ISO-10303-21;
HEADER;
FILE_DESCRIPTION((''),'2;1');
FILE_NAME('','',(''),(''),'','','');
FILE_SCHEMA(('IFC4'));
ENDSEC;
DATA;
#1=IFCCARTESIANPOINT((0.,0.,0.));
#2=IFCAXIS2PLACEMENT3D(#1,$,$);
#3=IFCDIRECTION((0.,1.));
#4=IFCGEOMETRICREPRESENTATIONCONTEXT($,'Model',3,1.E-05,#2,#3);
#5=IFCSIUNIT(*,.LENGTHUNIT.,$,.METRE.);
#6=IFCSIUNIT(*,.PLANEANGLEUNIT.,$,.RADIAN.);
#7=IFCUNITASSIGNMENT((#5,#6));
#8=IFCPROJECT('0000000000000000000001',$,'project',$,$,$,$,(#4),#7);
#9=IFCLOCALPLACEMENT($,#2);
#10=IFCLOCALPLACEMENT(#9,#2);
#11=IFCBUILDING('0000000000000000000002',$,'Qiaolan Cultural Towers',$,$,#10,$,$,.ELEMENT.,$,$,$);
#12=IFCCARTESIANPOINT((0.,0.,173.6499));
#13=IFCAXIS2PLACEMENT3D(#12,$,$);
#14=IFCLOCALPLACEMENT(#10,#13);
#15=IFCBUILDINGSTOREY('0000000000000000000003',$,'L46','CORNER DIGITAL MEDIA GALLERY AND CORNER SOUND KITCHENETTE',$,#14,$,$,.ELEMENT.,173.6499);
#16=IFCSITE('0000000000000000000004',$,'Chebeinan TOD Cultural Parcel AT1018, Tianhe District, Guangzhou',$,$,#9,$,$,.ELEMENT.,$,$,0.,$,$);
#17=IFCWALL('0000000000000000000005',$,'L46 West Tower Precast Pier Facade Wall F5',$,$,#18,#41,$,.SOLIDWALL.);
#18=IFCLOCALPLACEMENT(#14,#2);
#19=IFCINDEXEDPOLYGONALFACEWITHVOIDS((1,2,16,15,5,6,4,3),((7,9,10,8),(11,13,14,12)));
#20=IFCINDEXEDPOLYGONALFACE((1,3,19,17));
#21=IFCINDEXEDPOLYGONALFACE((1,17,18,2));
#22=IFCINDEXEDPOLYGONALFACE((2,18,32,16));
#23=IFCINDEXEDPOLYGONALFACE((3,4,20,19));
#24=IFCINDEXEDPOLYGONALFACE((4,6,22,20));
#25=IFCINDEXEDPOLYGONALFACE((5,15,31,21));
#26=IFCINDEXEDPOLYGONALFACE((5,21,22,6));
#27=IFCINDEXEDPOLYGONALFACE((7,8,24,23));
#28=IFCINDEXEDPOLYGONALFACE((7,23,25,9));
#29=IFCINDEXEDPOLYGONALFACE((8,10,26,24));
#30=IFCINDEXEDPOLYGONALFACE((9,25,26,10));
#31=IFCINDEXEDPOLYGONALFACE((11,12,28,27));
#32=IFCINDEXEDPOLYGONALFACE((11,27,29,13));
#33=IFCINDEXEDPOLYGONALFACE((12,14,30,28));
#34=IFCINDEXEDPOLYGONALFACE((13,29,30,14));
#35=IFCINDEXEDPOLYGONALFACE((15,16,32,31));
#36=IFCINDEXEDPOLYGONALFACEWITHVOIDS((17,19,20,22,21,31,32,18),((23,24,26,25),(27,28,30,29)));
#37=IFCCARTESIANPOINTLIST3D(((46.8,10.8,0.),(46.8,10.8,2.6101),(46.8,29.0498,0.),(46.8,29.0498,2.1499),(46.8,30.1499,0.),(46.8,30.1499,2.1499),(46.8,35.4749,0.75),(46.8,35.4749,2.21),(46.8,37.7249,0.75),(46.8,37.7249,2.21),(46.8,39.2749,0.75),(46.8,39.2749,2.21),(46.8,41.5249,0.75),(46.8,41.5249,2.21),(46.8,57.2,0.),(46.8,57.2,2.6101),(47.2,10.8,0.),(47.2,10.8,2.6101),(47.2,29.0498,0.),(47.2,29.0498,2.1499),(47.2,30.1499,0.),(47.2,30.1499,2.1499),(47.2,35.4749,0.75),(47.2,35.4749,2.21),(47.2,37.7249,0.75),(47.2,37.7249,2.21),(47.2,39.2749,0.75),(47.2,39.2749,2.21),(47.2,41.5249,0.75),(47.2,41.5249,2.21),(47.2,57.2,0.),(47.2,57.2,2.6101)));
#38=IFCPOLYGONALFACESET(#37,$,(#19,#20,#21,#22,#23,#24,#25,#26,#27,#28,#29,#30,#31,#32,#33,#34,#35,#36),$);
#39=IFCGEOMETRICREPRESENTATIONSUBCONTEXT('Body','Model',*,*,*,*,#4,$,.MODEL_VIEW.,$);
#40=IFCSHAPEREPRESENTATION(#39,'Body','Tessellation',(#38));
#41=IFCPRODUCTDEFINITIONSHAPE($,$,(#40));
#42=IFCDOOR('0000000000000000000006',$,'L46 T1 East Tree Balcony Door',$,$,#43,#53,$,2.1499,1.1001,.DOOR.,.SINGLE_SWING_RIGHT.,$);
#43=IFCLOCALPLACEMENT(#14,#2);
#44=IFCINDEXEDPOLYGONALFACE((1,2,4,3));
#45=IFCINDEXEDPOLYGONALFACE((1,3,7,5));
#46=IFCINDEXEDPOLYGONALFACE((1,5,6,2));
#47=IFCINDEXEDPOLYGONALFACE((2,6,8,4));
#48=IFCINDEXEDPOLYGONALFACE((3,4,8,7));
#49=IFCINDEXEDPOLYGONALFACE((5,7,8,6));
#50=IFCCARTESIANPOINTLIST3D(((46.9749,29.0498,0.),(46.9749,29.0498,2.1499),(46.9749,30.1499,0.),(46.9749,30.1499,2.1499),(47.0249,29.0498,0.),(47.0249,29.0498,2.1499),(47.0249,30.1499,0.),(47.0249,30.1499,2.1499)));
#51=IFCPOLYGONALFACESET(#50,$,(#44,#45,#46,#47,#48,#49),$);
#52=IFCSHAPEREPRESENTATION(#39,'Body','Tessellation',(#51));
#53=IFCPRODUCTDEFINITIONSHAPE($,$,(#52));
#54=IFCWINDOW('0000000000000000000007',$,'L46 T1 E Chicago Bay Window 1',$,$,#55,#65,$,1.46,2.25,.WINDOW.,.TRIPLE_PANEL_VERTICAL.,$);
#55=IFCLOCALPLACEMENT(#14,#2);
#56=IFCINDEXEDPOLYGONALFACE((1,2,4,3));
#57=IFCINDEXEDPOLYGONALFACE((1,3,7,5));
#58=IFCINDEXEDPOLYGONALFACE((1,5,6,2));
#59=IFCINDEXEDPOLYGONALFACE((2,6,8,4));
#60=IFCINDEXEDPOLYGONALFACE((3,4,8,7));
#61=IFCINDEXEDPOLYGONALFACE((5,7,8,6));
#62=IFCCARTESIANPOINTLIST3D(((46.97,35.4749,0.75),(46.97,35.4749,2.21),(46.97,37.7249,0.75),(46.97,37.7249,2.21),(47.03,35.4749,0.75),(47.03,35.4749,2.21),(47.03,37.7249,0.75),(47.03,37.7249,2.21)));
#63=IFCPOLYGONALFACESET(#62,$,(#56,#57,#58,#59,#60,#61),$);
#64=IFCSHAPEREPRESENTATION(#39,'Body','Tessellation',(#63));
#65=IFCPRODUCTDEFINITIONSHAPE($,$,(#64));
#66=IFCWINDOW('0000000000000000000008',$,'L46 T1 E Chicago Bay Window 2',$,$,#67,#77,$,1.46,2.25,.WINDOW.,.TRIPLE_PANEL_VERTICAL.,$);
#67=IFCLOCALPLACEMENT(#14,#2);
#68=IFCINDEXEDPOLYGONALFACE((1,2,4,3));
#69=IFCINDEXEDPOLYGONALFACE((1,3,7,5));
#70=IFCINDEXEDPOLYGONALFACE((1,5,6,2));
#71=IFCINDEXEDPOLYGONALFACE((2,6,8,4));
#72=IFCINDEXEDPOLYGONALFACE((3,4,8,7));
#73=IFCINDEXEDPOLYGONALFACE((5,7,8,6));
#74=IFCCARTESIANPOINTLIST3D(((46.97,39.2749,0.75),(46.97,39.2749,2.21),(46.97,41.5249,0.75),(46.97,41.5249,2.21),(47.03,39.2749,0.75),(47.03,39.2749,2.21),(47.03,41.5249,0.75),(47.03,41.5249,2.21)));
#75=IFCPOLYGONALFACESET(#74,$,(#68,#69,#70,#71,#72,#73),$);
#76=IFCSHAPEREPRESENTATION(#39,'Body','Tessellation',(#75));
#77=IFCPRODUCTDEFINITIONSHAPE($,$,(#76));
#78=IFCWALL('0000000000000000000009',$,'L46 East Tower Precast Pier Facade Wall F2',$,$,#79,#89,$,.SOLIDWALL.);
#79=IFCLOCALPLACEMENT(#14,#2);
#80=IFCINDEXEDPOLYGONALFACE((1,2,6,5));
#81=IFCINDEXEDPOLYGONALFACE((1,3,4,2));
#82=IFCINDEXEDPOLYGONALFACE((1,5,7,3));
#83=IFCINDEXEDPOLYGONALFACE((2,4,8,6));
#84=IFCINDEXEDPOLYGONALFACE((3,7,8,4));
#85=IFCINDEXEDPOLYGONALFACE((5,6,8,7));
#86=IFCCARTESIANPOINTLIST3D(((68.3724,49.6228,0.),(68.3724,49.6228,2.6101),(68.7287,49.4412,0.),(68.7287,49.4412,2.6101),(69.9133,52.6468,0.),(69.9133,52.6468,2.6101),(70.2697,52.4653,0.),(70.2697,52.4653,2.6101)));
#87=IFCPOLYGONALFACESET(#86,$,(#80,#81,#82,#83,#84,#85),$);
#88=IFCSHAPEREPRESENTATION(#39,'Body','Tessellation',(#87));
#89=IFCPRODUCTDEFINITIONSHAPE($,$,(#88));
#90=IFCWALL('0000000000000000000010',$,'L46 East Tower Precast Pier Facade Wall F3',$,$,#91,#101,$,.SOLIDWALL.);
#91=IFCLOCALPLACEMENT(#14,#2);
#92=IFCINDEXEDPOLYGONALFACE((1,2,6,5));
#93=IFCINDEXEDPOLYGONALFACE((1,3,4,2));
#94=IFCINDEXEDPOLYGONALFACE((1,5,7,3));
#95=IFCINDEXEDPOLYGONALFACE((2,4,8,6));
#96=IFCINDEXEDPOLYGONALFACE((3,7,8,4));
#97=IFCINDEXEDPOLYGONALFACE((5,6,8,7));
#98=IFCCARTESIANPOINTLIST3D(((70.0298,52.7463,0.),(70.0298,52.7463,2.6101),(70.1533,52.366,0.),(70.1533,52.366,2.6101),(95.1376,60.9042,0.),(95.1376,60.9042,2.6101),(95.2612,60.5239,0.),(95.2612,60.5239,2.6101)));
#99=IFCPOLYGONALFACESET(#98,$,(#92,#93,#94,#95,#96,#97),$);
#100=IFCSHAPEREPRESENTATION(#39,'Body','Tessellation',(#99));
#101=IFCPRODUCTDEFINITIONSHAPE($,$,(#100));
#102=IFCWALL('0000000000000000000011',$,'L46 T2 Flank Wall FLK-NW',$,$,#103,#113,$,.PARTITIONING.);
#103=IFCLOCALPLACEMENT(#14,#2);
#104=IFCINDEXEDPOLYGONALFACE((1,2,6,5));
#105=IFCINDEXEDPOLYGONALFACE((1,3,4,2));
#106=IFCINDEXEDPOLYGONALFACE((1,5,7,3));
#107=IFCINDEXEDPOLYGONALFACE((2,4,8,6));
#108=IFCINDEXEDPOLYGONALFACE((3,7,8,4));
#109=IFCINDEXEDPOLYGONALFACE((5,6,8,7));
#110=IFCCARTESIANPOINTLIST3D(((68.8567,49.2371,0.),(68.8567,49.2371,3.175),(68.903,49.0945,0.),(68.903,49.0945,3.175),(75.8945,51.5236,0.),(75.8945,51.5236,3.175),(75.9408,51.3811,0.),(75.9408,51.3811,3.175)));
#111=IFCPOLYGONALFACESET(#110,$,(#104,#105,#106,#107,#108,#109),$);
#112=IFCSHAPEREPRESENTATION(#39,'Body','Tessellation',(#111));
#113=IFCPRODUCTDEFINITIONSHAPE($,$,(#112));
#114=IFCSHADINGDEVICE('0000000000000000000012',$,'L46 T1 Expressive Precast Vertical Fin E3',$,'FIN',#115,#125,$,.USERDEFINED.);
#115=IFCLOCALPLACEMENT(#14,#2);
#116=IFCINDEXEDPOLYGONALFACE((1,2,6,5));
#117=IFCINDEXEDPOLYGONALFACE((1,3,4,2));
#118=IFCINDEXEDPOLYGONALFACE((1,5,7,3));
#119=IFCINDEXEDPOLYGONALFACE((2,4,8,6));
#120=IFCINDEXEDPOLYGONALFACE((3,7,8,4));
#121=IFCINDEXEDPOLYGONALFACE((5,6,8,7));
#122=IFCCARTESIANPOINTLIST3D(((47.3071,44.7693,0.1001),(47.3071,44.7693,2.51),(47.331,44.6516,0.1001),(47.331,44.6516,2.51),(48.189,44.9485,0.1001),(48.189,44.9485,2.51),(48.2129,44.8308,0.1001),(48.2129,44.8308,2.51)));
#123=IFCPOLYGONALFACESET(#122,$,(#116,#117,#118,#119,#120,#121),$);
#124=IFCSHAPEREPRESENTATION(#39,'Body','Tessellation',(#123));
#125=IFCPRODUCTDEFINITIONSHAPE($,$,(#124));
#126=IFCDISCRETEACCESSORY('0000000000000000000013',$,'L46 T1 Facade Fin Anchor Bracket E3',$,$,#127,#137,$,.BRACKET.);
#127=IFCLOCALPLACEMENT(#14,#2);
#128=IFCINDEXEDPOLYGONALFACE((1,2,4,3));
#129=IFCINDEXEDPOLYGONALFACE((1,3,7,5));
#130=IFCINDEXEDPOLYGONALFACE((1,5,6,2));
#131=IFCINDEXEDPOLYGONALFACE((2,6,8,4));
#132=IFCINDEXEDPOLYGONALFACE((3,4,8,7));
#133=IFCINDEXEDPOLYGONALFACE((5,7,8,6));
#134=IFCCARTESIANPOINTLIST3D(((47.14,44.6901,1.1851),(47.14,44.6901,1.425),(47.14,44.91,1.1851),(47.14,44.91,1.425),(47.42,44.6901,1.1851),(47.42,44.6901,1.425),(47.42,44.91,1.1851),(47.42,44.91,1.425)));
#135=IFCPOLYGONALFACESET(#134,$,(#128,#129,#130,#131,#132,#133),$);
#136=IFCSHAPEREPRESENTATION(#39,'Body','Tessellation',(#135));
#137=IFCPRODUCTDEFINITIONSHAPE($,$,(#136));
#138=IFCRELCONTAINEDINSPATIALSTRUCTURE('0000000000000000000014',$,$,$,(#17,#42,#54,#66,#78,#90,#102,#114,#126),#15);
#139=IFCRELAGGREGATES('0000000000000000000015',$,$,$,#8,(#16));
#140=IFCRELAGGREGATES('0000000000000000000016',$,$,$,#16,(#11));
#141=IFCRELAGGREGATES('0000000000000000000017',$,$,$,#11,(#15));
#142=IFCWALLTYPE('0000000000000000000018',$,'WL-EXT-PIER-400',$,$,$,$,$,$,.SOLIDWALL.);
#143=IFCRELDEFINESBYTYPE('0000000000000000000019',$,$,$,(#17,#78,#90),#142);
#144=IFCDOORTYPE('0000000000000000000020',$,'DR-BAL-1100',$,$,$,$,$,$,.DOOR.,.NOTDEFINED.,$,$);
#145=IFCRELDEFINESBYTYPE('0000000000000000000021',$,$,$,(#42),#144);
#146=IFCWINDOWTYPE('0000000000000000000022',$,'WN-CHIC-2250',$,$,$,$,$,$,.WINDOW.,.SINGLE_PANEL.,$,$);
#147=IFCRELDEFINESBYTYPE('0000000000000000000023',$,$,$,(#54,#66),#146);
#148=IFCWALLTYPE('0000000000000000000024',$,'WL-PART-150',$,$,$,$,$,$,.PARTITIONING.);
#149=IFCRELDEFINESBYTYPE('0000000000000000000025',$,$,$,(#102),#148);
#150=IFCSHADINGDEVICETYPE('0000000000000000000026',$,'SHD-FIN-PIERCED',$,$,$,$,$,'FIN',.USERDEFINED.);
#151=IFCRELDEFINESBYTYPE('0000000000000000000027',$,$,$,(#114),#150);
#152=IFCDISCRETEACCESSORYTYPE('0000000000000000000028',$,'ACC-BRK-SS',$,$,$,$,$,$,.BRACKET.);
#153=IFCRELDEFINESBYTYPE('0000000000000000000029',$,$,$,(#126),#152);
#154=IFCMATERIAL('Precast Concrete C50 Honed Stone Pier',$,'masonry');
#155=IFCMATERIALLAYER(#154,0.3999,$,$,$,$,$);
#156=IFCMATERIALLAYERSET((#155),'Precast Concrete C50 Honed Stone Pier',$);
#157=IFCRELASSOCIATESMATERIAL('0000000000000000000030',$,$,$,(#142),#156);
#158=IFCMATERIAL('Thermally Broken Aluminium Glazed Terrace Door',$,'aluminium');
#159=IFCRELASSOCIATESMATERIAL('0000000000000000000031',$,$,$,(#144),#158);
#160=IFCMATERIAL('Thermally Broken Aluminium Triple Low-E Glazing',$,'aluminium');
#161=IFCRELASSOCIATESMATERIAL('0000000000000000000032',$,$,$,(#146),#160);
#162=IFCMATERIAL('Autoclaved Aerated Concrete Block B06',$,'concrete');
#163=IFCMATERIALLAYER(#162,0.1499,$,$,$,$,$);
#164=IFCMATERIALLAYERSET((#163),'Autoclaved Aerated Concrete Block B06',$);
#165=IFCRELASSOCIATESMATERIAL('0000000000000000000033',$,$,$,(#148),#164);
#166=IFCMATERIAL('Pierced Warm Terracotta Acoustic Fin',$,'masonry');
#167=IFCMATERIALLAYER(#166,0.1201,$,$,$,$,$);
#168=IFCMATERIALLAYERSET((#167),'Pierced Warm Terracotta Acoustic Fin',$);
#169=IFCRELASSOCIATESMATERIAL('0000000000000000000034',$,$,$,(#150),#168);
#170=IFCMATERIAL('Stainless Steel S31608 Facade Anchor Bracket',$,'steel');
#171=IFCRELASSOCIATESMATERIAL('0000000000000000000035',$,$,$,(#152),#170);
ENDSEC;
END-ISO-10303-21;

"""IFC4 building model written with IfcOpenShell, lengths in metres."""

from ifc_helpers import new_model, si_unit, direction, frame, frame_2d, origin, origin_2d, place, context, subcontext, project, spatial, rectangle, extrude, material, layer, layer_set, type_object, element, fill, save


model = new_model("IFC4")

# Units and contexts
model_context = context("Model", 3, precision=1e-05, world=origin(), true_north=direction((0.0, 1.0)))
body_context = subcontext(model_context, "Body", "Model", "MODEL_VIEW")
ifc_project = project(units=[si_unit("LENGTHUNIT", "METRE"), si_unit("PLANEANGLEUNIT", "RADIAN")], contexts=[model_context])

# Site, building, storey
site_placement = place(None, origin())
site = spatial("IfcSite", under=ifc_project, at=site_placement, Name="Chebeinan TOD Cultural Parcel AT1018, Tianhe District, Guangzhou", CompositionType="ELEMENT", RefElevation=0.0)
building_placement = place(site_placement, origin())
building = spatial("IfcBuilding", under=site, at=building_placement, Name="Qiaolan Cultural Towers", CompositionType="ELEMENT")
storey_placement = place(building_placement, frame((0.0, 0.0, 173.6499)))
storey = spatial("IfcBuildingStorey", under=building, at=storey_placement, Name="L46", Description="CORNER DIGITAL MEDIA GALLERY AND CORNER SOUND KITCHENETTE", CompositionType="ELEMENT", Elevation=173.6499)

# Wall, openings, door, windows
ifc_material_1 = material(Name="Precast Concrete C50 Honed Stone Pier", Category="masonry")
ifc_layer_1 = layer(ifc_material_1, 0.3999)
ifc_layer_set_1 = layer_set([ifc_layer_1], Name="Precast Concrete C50 Honed Stone Pier")
wall_type_1 = type_object("IfcWallType", Name="WL-EXT-PIER-400", PredefinedType="SOLIDWALL", material=ifc_layer_set_1)
wall_1_placement = place(storey_placement, frame((47.0, 57.2, 0.0), z_axis=(0.0, 0.0, 1.0), x_axis=(0.0, -1.0, 0.0)))
wall_1 = element("IfcWall", 1, at=wall_1_placement, inside=storey, type_object=wall_type_1, Name="L46 West Tower Precast Pier Facade Wall F5", PredefinedType="SOLIDWALL", context=body_context, shape_type="SweptSolid", body=[
    extrude(rectangle(XDim=46.3999, YDim=0.3999, at=frame_2d((23.2, 0.0))), origin(), (0.0, 0.0, 1.0), 2.6101),
])
opening_1_placement = place(wall_1_placement, frame((19.4751, 0.0, 0.75)))
opening_1 = element("IfcOpeningElement", 2, at=opening_1_placement, cuts=wall_1, PredefinedType="OPENING", context=body_context, shape_type="SweptSolid", body=[
    extrude(rectangle(XDim=2.25, YDim=1.46, at=frame_2d((1.125, 0.73))), frame((0.0, 0.21, 0.0), z_axis=(0.0, -1.0, 0.0), x_axis=(1.0, 0.0, 0.0)), (0.0, 0.0, 1.0), 0.4199),
])
opening_2_placement = place(wall_1_placement, frame((15.675, 0.0, 0.75)))
opening_2 = element("IfcOpeningElement", 3, at=opening_2_placement, cuts=wall_1, PredefinedType="OPENING", context=body_context, shape_type="SweptSolid", body=[
    extrude(rectangle(XDim=2.25, YDim=1.46, at=frame_2d((1.125, 0.73))), frame((0.0, 0.21, 0.0), z_axis=(0.0, -1.0, 0.0), x_axis=(1.0, 0.0, 0.0)), (0.0, 0.0, 1.0), 0.4199),
])
opening_3_placement = place(wall_1_placement, frame((27.05, 0.0, 0.0)))
opening_3 = element("IfcOpeningElement", 4, at=opening_3_placement, cuts=wall_1, PredefinedType="OPENING", context=body_context, shape_type="SweptSolid", body=[
    extrude(rectangle(XDim=1.1001, YDim=2.1499, at=frame_2d((0.55, 1.075))), frame((0.0, 0.21, 0.0), z_axis=(0.0, -1.0, 0.0), x_axis=(1.0, 0.0, 0.0)), (0.0, 0.0, 1.0), 0.4199),
])
ifc_material_2 = material(Name="Thermally Broken Aluminium Glazed Terrace Door", Category="aluminium")
door_type = type_object("IfcDoorType", Name="DR-BAL-1100", OperationType="NOTDEFINED", PredefinedType="DOOR", material=ifc_material_2)
door_placement = place(opening_3_placement, origin())
door = element("IfcDoor", 5, at=door_placement, inside=storey, type_object=door_type, Name="L46 T1 East Tree Balcony Door", OperationType="SINGLE_SWING_RIGHT", OverallHeight=2.1499, OverallWidth=1.1001, PredefinedType="DOOR", context=body_context, shape_type="SweptSolid", body=[
    extrude(rectangle(XDim=1.1001, YDim=2.1499, at=frame_2d((0.55, 1.075))), frame((0.0, 0.0249, 0.0), z_axis=(0.0, -1.0, 0.0), x_axis=(1.0, 0.0, 0.0)), (0.0, 0.0, 1.0), 0.05),
])
fill(opening_3, door)
ifc_material_3 = material(Name="Thermally Broken Aluminium Triple Low-E Glazing", Category="aluminium")
window_type = type_object("IfcWindowType", Name="WN-CHIC-2250", PartitioningType="SINGLE_PANEL", PredefinedType="WINDOW", material=ifc_material_3)
window_1_placement = place(opening_1_placement, origin())
window_1 = element("IfcWindow", 6, at=window_1_placement, inside=storey, type_object=window_type, Name="L46 T1 E Chicago Bay Window 1", OverallHeight=1.46, OverallWidth=2.25, PartitioningType="TRIPLE_PANEL_VERTICAL", PredefinedType="WINDOW", context=body_context, shape_type="SweptSolid", body=[
    extrude(rectangle(XDim=2.25, YDim=1.46, at=frame_2d((1.125, 0.73))), frame((0.0, 0.03, 0.0), z_axis=(0.0, -1.0, 0.0), x_axis=(1.0, 0.0, 0.0)), (0.0, 0.0, 1.0), 0.0601),
])
fill(opening_1, window_1)
window_2_placement = place(opening_2_placement, origin())
window_2 = element("IfcWindow", 7, at=window_2_placement, inside=storey, type_object=window_type, Name="L46 T1 E Chicago Bay Window 2", OverallHeight=1.46, OverallWidth=2.25, PartitioningType="TRIPLE_PANEL_VERTICAL", PredefinedType="WINDOW", context=body_context, shape_type="SweptSolid", body=[
    extrude(rectangle(XDim=2.25, YDim=1.46, at=frame_2d((1.125, 0.73))), frame((0.0, 0.03, 0.0), z_axis=(0.0, -1.0, 0.0), x_axis=(1.0, 0.0, 0.0)), (0.0, 0.0, 1.0), 0.0601),
])
fill(opening_2, window_2)

# Walls
wall_2_placement = place(storey_placement, frame((68.5505, 49.532, 0.0), z_axis=(0.0, 0.0, 1.0), x_axis=(0.45402, 0.890992, 0.0)))
element("IfcWall", 8, at=wall_2_placement, inside=storey, type_object=wall_type_1, Name="L46 East Tower Precast Pier Facade Wall F2", PredefinedType="SOLIDWALL", context=body_context, shape_type="SweptSolid", body=[
    extrude(rectangle(XDim=3.394, YDim=0.3999, at=frame_2d((1.697, 0.0))), origin(), (0.0, 0.0, 1.0), 2.6101),
])
wall_3_placement = place(storey_placement, frame((70.0916, 52.5562, 0.0), z_axis=(0.0, 0.0, 1.0), x_axis=(0.951058, 0.309014, 0.0)))
element("IfcWall", 9, at=wall_3_placement, inside=storey, type_object=wall_type_1, Name="L46 East Tower Precast Pier Facade Wall F3", PredefinedType="SOLIDWALL", context=body_context, shape_type="SweptSolid", body=[
    extrude(rectangle(XDim=26.3999, YDim=0.3999, at=frame_2d((13.2, 0.0))), origin(), (0.0, 0.0, 1.0), 2.6101),
])
ifc_material_4 = material(Name="Autoclaved Aerated Concrete Block B06", Category="concrete")
ifc_layer_2 = layer(ifc_material_4, 0.1499)
ifc_layer_set_2 = layer_set([ifc_layer_2], Name="Autoclaved Aerated Concrete Block B06")
wall_type_2 = type_object("IfcWallType", Name="WL-PART-150", PredefinedType="PARTITIONING", material=ifc_layer_set_2)
wall_4_placement = place(storey_placement, frame((68.8799, 49.1658, 0.0), z_axis=(0.0, 0.0, 1.0), x_axis=(0.951061, 0.309003, 0.0)))
element("IfcWall", 10, at=wall_4_placement, inside=storey, type_object=wall_type_2, Name="L46 T2 Flank Wall FLK-NW", PredefinedType="PARTITIONING", context=body_context, shape_type="SweptSolid", body=[
    extrude(rectangle(XDim=7.3999, YDim=0.1499, at=frame_2d((3.7, 0.0))), origin(), (0.0, 0.0, 1.0), 3.175),
])

# Shading device
ifc_material_5 = material(Name="Pierced Warm Terracotta Acoustic Fin", Category="masonry")
ifc_layer_3 = layer(ifc_material_5, 0.1201)
ifc_layer_set_3 = layer_set([ifc_layer_3], Name="Pierced Warm Terracotta Acoustic Fin")
shading_device_type = type_object("IfcShadingDeviceType", Name="SHD-FIN-PIERCED", ElementType="FIN", PredefinedType="USERDEFINED", material=ifc_layer_set_3)
shading_device_placement = place(storey_placement, frame((47.76, 44.8, 0.1001), z_axis=(0.0, 0.0, 1.0), x_axis=(0.979957, 0.199208, 0.0)))
element("IfcShadingDevice", 11, at=shading_device_placement, inside=storey, type_object=shading_device_type, Name="L46 T1 Expressive Precast Vertical Fin E3", ObjectType="FIN", PredefinedType="USERDEFINED", context=body_context, shape_type="SweptSolid", body=[
    extrude(rectangle(XDim=0.8999, YDim=0.1201, at=origin_2d()), origin(), (0.0, 0.0, 1.0), 2.4099),
])

# Discrete accessory
ifc_material_6 = material(Name="Stainless Steel S31608 Facade Anchor Bracket", Category="steel")
discrete_accessory_type = type_object("IfcDiscreteAccessoryType", Name="ACC-BRK-SS", PredefinedType="BRACKET", material=ifc_material_6)
discrete_accessory_placement = place(storey_placement, frame((47.28, 44.8, 1.1851), z_axis=(0.0, 0.0, 1.0), x_axis=(1.0, 0.0, 0.0)))
element("IfcDiscreteAccessory", 12, at=discrete_accessory_placement, inside=storey, type_object=discrete_accessory_type, Name="L46 T1 Facade Fin Anchor Bracket E3", PredefinedType="BRACKET", context=body_context, shape_type="SweptSolid", body=[
    extrude(rectangle(XDim=0.28, YDim=0.22, at=origin_2d()), origin(), (0.0, 0.0, 1.0), 0.24),
])

save(model, "model.ifc")
